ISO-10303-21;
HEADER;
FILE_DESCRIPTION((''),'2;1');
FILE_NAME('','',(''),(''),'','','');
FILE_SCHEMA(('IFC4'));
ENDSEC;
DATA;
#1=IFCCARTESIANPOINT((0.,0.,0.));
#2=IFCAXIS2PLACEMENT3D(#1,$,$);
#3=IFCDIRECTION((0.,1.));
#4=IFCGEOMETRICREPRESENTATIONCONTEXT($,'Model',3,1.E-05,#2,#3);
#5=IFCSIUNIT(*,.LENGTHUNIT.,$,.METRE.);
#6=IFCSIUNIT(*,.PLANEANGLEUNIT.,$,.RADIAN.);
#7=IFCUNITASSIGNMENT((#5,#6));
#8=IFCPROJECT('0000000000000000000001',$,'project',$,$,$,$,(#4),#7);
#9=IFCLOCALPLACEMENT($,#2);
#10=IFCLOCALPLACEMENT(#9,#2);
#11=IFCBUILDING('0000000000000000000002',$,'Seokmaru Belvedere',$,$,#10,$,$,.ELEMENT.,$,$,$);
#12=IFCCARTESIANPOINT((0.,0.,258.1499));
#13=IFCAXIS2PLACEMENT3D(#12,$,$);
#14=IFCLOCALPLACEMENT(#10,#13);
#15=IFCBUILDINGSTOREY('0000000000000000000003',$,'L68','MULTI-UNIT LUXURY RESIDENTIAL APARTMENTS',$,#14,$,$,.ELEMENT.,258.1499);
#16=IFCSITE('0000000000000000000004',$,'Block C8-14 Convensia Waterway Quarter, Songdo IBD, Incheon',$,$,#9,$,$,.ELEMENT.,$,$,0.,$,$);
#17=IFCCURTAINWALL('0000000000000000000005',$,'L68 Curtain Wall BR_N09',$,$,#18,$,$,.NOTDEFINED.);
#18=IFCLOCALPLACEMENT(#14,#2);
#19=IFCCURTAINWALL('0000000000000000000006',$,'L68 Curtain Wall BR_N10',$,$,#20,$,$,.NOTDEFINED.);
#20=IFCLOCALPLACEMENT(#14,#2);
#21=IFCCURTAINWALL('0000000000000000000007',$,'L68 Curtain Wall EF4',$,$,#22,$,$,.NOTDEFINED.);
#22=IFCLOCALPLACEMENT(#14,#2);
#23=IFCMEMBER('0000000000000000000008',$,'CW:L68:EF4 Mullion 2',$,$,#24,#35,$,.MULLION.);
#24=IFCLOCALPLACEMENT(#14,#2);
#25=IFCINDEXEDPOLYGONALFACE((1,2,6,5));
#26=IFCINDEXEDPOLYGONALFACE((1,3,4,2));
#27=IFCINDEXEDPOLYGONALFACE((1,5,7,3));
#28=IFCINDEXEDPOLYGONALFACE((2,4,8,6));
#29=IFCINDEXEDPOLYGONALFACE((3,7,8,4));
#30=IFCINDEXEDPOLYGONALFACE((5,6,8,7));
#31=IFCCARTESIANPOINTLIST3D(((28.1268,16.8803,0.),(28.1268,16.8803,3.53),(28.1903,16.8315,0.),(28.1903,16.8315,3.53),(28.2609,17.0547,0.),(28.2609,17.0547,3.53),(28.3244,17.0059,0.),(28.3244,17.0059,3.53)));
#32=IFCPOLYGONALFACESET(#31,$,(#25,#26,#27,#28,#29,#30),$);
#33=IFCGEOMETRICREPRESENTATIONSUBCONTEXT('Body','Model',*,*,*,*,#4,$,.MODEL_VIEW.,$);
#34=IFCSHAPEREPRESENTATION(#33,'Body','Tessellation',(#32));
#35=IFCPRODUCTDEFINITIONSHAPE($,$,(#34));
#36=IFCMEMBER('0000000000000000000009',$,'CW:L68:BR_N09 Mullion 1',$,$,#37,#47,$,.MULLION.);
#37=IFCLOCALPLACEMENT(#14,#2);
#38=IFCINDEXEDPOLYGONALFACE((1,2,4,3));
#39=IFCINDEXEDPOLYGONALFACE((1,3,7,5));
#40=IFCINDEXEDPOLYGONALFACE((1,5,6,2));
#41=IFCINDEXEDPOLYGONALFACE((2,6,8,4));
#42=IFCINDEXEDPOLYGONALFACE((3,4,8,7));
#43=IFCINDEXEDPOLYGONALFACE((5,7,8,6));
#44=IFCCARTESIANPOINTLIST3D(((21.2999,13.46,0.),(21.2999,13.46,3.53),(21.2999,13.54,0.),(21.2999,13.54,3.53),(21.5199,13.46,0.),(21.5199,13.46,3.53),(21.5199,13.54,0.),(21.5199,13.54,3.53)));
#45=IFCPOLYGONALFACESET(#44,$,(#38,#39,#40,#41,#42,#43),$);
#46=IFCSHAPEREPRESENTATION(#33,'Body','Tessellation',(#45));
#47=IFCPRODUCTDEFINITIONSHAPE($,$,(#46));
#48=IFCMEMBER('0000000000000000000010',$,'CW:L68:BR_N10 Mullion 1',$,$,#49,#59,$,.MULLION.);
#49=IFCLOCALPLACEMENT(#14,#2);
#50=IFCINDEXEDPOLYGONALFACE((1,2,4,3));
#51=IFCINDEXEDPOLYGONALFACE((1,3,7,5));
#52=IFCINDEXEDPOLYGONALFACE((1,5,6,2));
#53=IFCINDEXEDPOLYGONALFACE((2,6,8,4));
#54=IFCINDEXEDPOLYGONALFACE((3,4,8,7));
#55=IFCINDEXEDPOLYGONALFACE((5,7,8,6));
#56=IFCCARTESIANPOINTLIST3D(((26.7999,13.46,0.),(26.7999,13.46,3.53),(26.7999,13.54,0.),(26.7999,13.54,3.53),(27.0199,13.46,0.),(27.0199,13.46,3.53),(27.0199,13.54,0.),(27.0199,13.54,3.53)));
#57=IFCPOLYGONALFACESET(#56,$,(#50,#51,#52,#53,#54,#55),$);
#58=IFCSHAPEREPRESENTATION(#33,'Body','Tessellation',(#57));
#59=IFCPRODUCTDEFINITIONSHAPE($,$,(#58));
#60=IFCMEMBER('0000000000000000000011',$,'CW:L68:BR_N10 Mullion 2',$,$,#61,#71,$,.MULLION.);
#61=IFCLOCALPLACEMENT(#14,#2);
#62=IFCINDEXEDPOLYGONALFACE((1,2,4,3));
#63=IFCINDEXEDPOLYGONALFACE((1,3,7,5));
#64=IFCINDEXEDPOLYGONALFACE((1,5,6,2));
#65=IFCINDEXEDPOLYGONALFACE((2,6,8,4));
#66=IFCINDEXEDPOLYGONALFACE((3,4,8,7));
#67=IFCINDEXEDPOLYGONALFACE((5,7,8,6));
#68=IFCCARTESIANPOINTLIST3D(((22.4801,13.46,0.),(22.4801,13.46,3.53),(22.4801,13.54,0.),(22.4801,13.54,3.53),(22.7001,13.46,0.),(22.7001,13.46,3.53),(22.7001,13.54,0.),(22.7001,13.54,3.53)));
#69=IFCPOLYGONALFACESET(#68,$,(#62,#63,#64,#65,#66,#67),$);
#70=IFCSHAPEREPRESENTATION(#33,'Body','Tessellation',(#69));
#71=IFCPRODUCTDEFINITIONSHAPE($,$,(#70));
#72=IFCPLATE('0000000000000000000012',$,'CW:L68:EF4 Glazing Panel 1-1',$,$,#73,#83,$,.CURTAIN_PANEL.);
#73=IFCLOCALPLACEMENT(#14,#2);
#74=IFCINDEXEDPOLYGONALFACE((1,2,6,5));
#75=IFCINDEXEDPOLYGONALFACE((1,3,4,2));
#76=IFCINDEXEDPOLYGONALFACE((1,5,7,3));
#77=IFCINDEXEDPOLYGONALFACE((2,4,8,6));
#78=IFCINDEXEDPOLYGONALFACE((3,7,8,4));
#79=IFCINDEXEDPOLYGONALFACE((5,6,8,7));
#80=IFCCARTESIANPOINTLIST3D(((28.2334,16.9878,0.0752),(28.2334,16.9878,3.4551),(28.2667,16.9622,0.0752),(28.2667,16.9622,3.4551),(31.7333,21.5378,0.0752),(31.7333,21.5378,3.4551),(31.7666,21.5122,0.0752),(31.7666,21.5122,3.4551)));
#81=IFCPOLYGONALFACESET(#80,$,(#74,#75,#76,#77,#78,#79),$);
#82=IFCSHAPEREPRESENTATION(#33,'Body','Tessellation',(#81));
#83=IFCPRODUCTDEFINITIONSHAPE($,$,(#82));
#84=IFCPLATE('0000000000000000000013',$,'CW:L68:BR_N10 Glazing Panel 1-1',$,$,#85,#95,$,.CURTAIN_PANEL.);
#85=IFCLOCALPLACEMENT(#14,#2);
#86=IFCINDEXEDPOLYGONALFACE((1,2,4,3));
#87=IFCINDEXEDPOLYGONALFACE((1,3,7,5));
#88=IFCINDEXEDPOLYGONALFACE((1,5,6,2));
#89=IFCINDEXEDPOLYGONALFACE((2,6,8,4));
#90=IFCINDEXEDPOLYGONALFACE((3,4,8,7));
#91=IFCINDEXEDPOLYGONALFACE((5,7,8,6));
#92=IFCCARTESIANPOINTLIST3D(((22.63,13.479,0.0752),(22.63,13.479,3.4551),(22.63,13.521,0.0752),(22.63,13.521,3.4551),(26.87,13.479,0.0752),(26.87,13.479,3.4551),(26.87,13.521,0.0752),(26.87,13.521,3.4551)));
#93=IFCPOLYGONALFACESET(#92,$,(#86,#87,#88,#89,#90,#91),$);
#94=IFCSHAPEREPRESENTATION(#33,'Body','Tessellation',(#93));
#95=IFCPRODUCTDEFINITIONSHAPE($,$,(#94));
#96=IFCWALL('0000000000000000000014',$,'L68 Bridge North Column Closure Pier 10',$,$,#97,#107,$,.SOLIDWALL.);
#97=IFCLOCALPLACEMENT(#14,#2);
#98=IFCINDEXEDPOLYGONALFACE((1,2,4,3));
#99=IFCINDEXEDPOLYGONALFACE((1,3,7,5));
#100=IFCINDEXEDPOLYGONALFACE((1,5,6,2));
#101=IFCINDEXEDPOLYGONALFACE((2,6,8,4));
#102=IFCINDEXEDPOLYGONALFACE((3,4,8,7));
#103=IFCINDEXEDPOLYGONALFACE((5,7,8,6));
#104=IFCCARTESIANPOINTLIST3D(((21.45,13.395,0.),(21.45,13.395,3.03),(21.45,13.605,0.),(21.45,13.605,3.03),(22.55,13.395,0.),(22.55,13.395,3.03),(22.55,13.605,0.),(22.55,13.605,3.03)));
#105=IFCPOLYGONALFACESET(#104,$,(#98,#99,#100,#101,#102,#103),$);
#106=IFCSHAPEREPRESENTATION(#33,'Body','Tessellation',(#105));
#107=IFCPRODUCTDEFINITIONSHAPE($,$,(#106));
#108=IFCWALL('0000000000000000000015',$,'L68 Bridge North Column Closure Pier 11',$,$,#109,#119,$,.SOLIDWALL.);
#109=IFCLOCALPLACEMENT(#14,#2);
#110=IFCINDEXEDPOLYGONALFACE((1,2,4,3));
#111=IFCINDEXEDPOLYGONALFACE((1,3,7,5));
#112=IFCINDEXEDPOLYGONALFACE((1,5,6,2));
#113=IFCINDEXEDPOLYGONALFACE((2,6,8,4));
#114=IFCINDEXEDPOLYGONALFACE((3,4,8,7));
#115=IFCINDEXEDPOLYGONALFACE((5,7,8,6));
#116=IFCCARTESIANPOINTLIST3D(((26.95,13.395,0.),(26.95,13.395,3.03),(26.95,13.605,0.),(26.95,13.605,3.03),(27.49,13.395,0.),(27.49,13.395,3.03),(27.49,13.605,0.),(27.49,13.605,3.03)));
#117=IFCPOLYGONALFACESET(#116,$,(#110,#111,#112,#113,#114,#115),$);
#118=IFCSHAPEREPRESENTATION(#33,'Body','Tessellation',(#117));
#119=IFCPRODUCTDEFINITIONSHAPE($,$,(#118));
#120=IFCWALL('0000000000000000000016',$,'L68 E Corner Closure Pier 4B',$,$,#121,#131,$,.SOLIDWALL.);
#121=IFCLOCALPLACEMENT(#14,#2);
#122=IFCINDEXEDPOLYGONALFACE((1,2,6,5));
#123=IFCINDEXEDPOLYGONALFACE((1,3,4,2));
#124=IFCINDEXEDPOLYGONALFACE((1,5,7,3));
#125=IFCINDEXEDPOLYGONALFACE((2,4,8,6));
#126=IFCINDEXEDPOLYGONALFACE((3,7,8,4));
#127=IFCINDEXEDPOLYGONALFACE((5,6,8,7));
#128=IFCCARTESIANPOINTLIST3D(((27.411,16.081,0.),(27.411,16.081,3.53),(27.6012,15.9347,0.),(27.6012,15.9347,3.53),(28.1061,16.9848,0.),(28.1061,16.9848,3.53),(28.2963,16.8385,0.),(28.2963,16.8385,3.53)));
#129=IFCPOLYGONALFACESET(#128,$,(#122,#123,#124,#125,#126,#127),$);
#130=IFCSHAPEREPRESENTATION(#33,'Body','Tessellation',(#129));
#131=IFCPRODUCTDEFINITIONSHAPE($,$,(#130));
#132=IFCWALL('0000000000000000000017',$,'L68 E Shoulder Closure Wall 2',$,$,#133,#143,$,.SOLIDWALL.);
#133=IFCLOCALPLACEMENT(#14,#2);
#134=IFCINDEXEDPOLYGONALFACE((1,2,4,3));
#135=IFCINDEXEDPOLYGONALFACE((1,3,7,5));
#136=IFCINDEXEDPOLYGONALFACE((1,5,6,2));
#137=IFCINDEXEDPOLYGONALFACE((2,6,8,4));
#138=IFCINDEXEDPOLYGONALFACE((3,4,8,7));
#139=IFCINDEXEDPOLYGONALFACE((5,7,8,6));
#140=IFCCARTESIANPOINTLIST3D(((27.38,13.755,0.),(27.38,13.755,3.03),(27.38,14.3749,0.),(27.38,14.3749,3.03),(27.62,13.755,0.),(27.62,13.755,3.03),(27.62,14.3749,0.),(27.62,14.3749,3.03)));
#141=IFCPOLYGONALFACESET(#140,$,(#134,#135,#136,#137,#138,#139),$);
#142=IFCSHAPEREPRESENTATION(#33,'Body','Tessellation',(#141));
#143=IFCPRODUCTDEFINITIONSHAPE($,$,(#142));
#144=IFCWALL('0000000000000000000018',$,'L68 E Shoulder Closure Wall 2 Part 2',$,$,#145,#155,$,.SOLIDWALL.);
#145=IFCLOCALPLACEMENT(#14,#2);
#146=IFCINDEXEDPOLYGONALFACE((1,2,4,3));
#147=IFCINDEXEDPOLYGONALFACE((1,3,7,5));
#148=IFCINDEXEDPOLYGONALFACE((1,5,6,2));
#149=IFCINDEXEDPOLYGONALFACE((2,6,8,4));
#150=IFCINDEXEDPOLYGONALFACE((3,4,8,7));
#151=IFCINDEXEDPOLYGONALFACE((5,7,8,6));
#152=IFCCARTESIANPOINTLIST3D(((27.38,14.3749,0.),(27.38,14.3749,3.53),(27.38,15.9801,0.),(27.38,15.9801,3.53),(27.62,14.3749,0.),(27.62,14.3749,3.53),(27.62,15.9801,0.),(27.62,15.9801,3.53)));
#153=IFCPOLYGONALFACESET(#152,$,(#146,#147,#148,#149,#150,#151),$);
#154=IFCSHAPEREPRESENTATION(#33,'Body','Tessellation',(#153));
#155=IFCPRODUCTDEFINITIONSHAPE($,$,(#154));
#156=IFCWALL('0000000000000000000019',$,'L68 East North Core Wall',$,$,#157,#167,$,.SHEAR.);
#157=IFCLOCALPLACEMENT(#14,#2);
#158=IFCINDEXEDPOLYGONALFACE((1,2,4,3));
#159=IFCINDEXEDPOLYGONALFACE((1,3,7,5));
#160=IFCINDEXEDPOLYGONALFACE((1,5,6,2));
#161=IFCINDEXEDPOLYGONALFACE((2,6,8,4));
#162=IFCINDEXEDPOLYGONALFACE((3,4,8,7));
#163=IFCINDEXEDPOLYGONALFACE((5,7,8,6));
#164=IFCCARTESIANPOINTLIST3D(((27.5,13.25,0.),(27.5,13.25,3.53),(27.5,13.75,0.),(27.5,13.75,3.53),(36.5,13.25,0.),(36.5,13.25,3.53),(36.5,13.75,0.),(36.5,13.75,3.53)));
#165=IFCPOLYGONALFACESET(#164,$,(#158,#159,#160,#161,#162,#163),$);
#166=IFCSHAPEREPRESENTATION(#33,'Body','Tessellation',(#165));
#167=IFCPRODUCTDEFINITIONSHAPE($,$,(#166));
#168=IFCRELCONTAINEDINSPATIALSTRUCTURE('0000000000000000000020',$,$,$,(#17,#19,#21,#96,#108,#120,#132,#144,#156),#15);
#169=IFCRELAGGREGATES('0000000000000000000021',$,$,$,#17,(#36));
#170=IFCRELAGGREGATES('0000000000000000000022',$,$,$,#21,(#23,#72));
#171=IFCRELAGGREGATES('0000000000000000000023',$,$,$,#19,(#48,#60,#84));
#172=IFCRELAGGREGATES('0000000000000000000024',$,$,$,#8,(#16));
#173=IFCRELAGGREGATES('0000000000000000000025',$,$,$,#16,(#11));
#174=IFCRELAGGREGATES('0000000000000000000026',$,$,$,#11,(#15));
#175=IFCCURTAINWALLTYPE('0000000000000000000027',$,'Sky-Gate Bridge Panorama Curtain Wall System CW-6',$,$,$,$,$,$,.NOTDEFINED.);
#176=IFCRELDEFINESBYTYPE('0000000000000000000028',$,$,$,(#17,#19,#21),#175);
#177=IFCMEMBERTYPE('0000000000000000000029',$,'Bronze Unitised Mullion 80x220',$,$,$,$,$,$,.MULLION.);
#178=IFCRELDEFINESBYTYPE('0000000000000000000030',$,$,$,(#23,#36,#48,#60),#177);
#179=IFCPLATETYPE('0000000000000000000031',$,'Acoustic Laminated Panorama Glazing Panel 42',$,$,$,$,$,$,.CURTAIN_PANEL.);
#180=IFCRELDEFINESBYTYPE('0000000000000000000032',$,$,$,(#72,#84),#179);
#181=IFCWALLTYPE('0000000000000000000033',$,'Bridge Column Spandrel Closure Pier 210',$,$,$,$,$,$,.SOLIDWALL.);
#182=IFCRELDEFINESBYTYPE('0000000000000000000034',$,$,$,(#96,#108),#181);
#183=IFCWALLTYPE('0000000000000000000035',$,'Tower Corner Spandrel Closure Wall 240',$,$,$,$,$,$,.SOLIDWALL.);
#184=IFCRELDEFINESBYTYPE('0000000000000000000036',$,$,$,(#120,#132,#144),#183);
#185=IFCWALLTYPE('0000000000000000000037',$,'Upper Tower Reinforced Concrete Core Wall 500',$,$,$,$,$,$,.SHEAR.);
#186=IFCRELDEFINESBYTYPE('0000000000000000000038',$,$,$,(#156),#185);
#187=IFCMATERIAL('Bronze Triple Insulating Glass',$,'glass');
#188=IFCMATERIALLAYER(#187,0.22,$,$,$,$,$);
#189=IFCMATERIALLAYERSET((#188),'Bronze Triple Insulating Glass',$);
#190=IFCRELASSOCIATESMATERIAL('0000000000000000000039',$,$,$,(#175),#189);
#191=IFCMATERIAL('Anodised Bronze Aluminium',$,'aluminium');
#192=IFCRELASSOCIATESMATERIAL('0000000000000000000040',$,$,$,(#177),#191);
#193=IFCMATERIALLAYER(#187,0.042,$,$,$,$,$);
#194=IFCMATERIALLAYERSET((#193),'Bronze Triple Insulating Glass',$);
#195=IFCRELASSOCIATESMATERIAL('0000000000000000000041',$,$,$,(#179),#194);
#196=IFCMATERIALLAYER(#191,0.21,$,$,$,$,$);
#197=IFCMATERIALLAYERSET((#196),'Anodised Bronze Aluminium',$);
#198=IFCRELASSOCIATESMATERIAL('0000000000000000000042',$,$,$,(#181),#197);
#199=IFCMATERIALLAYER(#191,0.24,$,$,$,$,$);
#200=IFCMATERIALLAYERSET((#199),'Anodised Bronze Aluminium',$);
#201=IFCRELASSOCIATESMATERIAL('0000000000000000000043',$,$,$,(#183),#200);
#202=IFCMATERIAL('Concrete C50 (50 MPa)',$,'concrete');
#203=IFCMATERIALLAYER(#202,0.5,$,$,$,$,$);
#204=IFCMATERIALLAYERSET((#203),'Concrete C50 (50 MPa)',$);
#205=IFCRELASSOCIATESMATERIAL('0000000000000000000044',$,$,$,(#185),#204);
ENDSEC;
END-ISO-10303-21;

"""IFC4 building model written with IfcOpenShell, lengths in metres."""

from ifc_helpers import new_model, si_unit, direction, frame, frame_2d, origin, origin_2d, place, context, subcontext, project, spatial, rectangle, extrude, source, transform, mapped, material, layer, layer_set, material_profile, profile_set, type_object, type_shapes, element, aggregate, save


model = new_model("IFC4")

# Units and contexts
model_context = context("Model", 3, precision=1e-05, world=origin(), true_north=direction((0.0, 1.0)))
body_context = subcontext(model_context, "Body", "Model", "MODEL_VIEW")
ifc_project = project(units=[si_unit("LENGTHUNIT", "METRE"), si_unit("PLANEANGLEUNIT", "RADIAN")], contexts=[model_context])

# Site, building, storey
site_placement = place(None, origin())
site = spatial("IfcSite", under=ifc_project, at=site_placement, Name="Block C8-14 Convensia Waterway Quarter, Songdo IBD, Incheon", CompositionType="ELEMENT", RefElevation=0.0)
building_placement = place(site_placement, origin())
building = spatial("IfcBuilding", under=site, at=building_placement, Name="Seokmaru Belvedere", CompositionType="ELEMENT")
storey_placement = place(building_placement, frame((0.0, 0.0, 258.1499)))
storey = spatial("IfcBuildingStorey", under=building, at=storey_placement, Name="L68", Description="MULTI-UNIT LUXURY RESIDENTIAL APARTMENTS", CompositionType="ELEMENT", Elevation=258.1499)

# Curtain wall
ifc_material_1 = material(Name="Bronze Triple Insulating Glass", Category="glass")
ifc_layer_1 = layer(ifc_material_1, 0.22)
ifc_layer_set_1 = layer_set([ifc_layer_1], Name="Bronze Triple Insulating Glass")
curtain_wall_type = type_object("IfcCurtainWallType", Name="Sky-Gate Bridge Panorama Curtain Wall System CW-6", PredefinedType="NOTDEFINED", material=ifc_layer_set_1)
curtain_wall_1_placement = place(storey_placement, origin())
curtain_wall_1 = element("IfcCurtainWall", 1, at=curtain_wall_1_placement, inside=storey, type_object=curtain_wall_type, Name="L68 Curtain Wall BR_N09", PredefinedType="NOTDEFINED")
ifc_material_2 = material(Name="Anodised Bronze Aluminium", Category="aluminium")

# Curtain wall
curtain_wall_2_placement = place(storey_placement, origin())
curtain_wall_2 = element("IfcCurtainWall", 2, at=curtain_wall_2_placement, inside=storey, type_object=curtain_wall_type, Name="L68 Curtain Wall BR_N10", PredefinedType="NOTDEFINED")

# Curtain wall, member
curtain_wall_3_placement = place(storey_placement, origin())
curtain_wall_3 = element("IfcCurtainWall", 3, at=curtain_wall_3_placement, inside=storey, type_object=curtain_wall_type, Name="L68 Curtain Wall EF4", PredefinedType="NOTDEFINED")
ifc_material_profile_1 = material_profile(ifc_material_2, rectangle(XDim=0.0801, YDim=0.22, at=origin_2d()), Name="CW-M-80x220")
ifc_profile_set_1 = profile_set([ifc_material_profile_1], Name="Anodised Bronze Aluminium")
member_type_1 = type_object("IfcMemberType", Name="Bronze Unitised Mullion 80x220", PredefinedType="MULLION", material=ifc_profile_set_1)
shared_shape_1 = source(origin(), body_context, "Body", "SweptSolid", [
    extrude(rectangle(XDim=0.0801, YDim=0.22, at=origin_2d()), origin(), (0.0, 0.0, 1.0), 3.53),
])
type_shapes(member_type_1, [shared_shape_1])
member_1_placement = place(storey_placement, frame((28.2256, 16.9431, 0.0), z_axis=(0.0, 0.0, 1.0), x_axis=(0.792631, -0.609701, 0.0)))
member_1 = element("IfcMember", 4, at=member_1_placement, type_object=member_type_1, Name="CW:L68:EF4 Mullion 2", PredefinedType="MULLION", context=body_context, shape_type="MappedRepresentation", body=[
    mapped(shared_shape_1, transform((0.0, 0.0, 0.0), scale=1.0)),
])

# Members
member_2_placement = place(storey_placement, frame((21.4099, 13.5, 0.0), z_axis=(0.0, 0.0, 1.0), x_axis=(0.0, -1.0, 0.0)))
member_2 = element("IfcMember", 5, at=member_2_placement, type_object=member_type_1, Name="CW:L68:BR_N09 Mullion 1", PredefinedType="MULLION", context=body_context, shape_type="MappedRepresentation", body=[
    mapped(shared_shape_1, transform((0.0, 0.0, 0.0), scale=1.0)),
])
aggregate(curtain_wall_1, [member_2])
member_3_placement = place(storey_placement, frame((26.9099, 13.5, 0.0), z_axis=(0.0, 0.0, 1.0), x_axis=(0.0, -1.0, 0.0)))
member_3 = element("IfcMember", 6, at=member_3_placement, type_object=member_type_1, Name="CW:L68:BR_N10 Mullion 1", PredefinedType="MULLION", context=body_context, shape_type="MappedRepresentation", body=[
    mapped(shared_shape_1, transform((0.0, 0.0, 0.0), scale=1.0)),
])
member_4_placement = place(storey_placement, frame((22.5901, 13.5, 0.0), z_axis=(0.0, 0.0, 1.0), x_axis=(0.0, -1.0, 0.0)))
member_4 = element("IfcMember", 7, at=member_4_placement, type_object=member_type_1, Name="CW:L68:BR_N10 Mullion 2", PredefinedType="MULLION", context=body_context, shape_type="MappedRepresentation", body=[
    mapped(shared_shape_1, transform((0.0, 0.0, 0.0), scale=1.0)),
])

# Plates
ifc_layer_2 = layer(ifc_material_1, 0.042)
ifc_layer_set_2 = layer_set([ifc_layer_2], Name="Bronze Triple Insulating Glass")
plate_type = type_object("IfcPlateType", Name="Acoustic Laminated Panorama Glazing Panel 42", PredefinedType="CURTAIN_PANEL", material=ifc_layer_set_2)
shared_shape_2 = source(origin(), body_context, "Body", "SweptSolid", [
    extrude(rectangle(XDim=5.7405, YDim=0.042, at=origin_2d()), origin(), (0.0, 0.0, 1.0), 3.3799),
])
plate_1_placement = place(storey_placement, frame((30.0, 19.25, 0.0752), z_axis=(0.0, 0.0, 1.0), x_axis=(-0.609701, -0.792631, 0.0)))
plate_1 = element("IfcPlate", 8, at=plate_1_placement, type_object=plate_type, Name="CW:L68:EF4 Glazing Panel 1-1", PredefinedType="CURTAIN_PANEL", context=body_context, shape_type="MappedRepresentation", body=[
    mapped(shared_shape_2, transform((0.0, 0.0, 0.0), scale=1.0)),
])
aggregate(curtain_wall_3, [member_1, plate_1])
shared_shape_3 = source(origin(), body_context, "Body", "SweptSolid", [
    extrude(rectangle(XDim=4.24, YDim=0.042, at=origin_2d()), origin(), (0.0, 0.0, 1.0), 3.3799),
])
type_shapes(plate_type, [shared_shape_2, shared_shape_3])
plate_2_placement = place(storey_placement, frame((24.75, 13.5, 0.0752), z_axis=(0.0, 0.0, 1.0), x_axis=(-1.0, 0.0, 0.0)))
plate_2 = element("IfcPlate", 9, at=plate_2_placement, type_object=plate_type, Name="CW:L68:BR_N10 Glazing Panel 1-1", PredefinedType="CURTAIN_PANEL", context=body_context, shape_type="MappedRepresentation", body=[
    mapped(shared_shape_3, transform((0.0, 0.0, 0.0), scale=1.0)),
])
aggregate(curtain_wall_2, [member_3, member_4, plate_2])

# Walls
ifc_layer_3 = layer(ifc_material_2, 0.21)
ifc_layer_set_3 = layer_set([ifc_layer_3], Name="Anodised Bronze Aluminium")
wall_type_1 = type_object("IfcWallType", Name="Bridge Column Spandrel Closure Pier 210", PredefinedType="SOLIDWALL", material=ifc_layer_set_3)
wall_1_placement = place(storey_placement, frame((21.45, 13.5, 0.0), z_axis=(0.0, 0.0, 1.0), x_axis=(1.0, 0.0, 0.0)))
element("IfcWall", 10, at=wall_1_placement, inside=storey, type_object=wall_type_1, Name="L68 Bridge North Column Closure Pier 10", PredefinedType="SOLIDWALL", context=body_context, shape_type="SweptSolid", body=[
    extrude(rectangle(XDim=1.1001, YDim=0.21, at=frame_2d((0.55, 0.0))), origin(), (0.0, 0.0, 1.0), 3.03),
])
wall_2_placement = place(storey_placement, frame((26.95, 13.5, 0.0), z_axis=(0.0, 0.0, 1.0), x_axis=(1.0, 0.0, 0.0)))
element("IfcWall", 11, at=wall_2_placement, inside=storey, type_object=wall_type_1, Name="L68 Bridge North Column Closure Pier 11", PredefinedType="SOLIDWALL", context=body_context, shape_type="SweptSolid", body=[
    extrude(rectangle(XDim=0.54, YDim=0.21, at=frame_2d((0.27, 0.0))), origin(), (0.0, 0.0, 1.0), 3.03),
])
ifc_layer_4 = layer(ifc_material_2, 0.24)
ifc_layer_set_4 = layer_set([ifc_layer_4], Name="Anodised Bronze Aluminium")
wall_type_2 = type_object("IfcWallType", Name="Tower Corner Spandrel Closure Wall 240", PredefinedType="SOLIDWALL", material=ifc_layer_set_4)
wall_3_placement = place(storey_placement, frame((28.2012, 16.9116, 0.0), z_axis=(0.0, 0.0, 1.0), x_axis=(-0.609618, -0.792696, 0.0)))
element("IfcWall", 12, at=wall_3_placement, inside=storey, type_object=wall_type_2, Name="L68 E Corner Closure Pier 4B", PredefinedType="SOLIDWALL", context=body_context, shape_type="SweptSolid", body=[
    extrude(rectangle(XDim=1.1401, YDim=0.24, at=frame_2d((0.5701, 0.0))), origin(), (0.0, 0.0, 1.0), 3.53),
])
wall_4_placement = place(storey_placement, frame((27.5, 13.7549, 0.0), z_axis=(0.0, 0.0, 1.0), x_axis=(0.0, 1.0, 0.0)))
element("IfcWall", 13, at=wall_4_placement, inside=storey, type_object=wall_type_2, Name="L68 E Shoulder Closure Wall 2", PredefinedType="SOLIDWALL", context=body_context, shape_type="SweptSolid", body=[
    extrude(rectangle(XDim=0.6199, YDim=0.24, at=frame_2d((0.3101, 0.0))), origin(), (0.0, 0.0, 1.0), 3.03),
])
wall_5_placement = place(storey_placement, frame((27.5, 14.3748, 0.0), z_axis=(0.0, 0.0, 1.0), x_axis=(0.0, 1.0, 0.0)))
element("IfcWall", 14, at=wall_5_placement, inside=storey, type_object=wall_type_2, Name="L68 E Shoulder Closure Wall 2 Part 2", PredefinedType="SOLIDWALL", context=body_context, shape_type="SweptSolid", body=[
    extrude(rectangle(XDim=1.6052, YDim=0.24, at=frame_2d((0.8027, 0.0))), origin(), (0.0, 0.0, 1.0), 3.53),
])
ifc_material_3 = material(Name="Concrete C50 (50 MPa)", Category="concrete")
ifc_layer_5 = layer(ifc_material_3, 0.5)
ifc_layer_set_5 = layer_set([ifc_layer_5], Name="Concrete C50 (50 MPa)")
wall_type_3 = type_object("IfcWallType", Name="Upper Tower Reinforced Concrete Core Wall 500", PredefinedType="SHEAR", material=ifc_layer_set_5)
wall_6_placement = place(storey_placement, frame((27.5, 13.5, 0.0), z_axis=(0.0, 0.0, 1.0), x_axis=(1.0, 0.0, 0.0)))
element("IfcWall", 15, at=wall_6_placement, inside=storey, type_object=wall_type_3, Name="L68 East North Core Wall", PredefinedType="SHEAR", context=body_context, shape_type="SweptSolid", body=[
    extrude(rectangle(XDim=9.0, YDim=0.5, at=frame_2d((4.5, 0.0))), origin(), (0.0, 0.0, 1.0), 3.53),
])

save(model, "model.ifc")
